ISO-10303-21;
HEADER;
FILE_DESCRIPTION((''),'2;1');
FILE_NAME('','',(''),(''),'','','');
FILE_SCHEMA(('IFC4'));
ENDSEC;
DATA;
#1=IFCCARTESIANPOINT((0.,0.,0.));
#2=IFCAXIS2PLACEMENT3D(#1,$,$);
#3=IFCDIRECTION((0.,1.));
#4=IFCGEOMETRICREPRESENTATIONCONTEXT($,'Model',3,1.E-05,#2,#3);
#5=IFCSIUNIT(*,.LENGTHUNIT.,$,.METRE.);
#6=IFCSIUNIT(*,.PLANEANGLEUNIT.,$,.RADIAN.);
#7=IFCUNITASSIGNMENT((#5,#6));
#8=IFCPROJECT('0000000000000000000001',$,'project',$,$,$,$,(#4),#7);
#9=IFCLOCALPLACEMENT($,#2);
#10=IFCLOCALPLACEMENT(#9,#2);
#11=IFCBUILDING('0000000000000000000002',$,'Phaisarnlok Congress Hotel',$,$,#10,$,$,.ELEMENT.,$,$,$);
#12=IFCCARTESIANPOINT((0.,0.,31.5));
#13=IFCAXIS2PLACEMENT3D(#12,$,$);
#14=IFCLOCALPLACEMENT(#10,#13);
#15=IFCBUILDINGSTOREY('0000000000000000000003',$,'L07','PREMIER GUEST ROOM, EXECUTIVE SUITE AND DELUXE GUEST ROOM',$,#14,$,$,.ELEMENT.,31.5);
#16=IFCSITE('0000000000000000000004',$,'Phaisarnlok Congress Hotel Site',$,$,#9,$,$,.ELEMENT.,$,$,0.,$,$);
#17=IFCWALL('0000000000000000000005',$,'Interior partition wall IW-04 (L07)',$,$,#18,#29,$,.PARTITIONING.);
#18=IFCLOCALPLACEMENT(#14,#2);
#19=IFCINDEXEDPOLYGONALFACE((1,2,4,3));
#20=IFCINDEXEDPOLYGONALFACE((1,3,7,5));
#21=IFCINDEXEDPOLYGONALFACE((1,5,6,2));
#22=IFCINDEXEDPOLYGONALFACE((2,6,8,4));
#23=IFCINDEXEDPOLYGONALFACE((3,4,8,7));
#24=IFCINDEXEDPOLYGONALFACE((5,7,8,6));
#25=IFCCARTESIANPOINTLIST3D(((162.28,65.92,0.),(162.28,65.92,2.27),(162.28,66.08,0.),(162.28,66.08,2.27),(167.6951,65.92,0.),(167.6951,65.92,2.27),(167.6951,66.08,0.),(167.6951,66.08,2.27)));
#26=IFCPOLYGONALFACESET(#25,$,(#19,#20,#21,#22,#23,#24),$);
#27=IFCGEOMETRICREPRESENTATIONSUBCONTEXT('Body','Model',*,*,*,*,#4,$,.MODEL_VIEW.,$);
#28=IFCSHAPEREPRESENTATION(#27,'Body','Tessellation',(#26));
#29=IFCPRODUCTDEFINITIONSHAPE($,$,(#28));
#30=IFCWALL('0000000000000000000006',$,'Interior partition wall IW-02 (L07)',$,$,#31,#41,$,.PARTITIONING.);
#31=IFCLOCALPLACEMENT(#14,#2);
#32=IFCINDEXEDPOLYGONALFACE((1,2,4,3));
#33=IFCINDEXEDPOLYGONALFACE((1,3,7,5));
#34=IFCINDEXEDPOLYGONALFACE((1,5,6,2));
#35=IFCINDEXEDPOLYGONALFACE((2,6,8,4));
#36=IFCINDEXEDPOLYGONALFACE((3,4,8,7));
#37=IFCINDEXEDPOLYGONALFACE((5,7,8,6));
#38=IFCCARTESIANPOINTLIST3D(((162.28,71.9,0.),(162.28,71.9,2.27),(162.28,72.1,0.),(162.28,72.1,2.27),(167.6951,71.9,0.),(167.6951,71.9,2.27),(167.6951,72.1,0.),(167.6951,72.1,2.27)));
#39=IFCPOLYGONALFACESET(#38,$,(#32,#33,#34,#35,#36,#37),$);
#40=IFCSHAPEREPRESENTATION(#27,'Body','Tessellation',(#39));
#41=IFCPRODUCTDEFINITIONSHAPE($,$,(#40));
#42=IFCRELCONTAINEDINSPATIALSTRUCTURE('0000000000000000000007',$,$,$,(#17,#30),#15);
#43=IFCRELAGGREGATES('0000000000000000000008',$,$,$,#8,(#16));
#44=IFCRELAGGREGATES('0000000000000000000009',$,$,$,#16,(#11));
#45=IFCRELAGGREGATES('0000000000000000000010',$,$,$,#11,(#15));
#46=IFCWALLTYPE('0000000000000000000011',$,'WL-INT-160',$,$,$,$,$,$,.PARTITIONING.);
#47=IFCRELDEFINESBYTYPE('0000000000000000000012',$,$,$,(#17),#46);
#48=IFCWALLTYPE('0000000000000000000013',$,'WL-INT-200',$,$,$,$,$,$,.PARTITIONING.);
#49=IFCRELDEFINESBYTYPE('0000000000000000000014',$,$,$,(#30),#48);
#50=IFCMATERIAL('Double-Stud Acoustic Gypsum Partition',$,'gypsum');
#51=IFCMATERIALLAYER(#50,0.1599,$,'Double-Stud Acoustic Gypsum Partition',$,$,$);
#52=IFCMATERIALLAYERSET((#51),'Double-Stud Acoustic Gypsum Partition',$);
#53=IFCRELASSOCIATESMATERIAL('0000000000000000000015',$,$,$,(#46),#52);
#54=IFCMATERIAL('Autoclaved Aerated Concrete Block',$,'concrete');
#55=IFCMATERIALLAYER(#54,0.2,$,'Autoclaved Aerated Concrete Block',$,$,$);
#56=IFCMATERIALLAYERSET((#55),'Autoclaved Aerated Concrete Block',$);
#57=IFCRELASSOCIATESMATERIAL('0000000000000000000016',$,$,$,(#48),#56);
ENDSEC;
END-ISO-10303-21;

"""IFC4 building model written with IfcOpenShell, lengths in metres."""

from ifc_helpers import new_model, si_unit, direction, frame, frame_2d, origin, place, context, subcontext, project, spatial, rectangle, extrude, material, layer, layer_set, type_object, element, save


model = new_model("IFC4")

# Units and contexts
model_context = context("Model", 3, precision=1e-05, world=origin(), true_north=direction((0.0, 1.0)))
body_context = subcontext(model_context, "Body", "Model", "MODEL_VIEW")
ifc_project = project(units=[si_unit("LENGTHUNIT", "METRE"), si_unit("PLANEANGLEUNIT", "RADIAN")], contexts=[model_context])

# Site, building, storey
site_placement = place(None, origin())
site = spatial("IfcSite", under=ifc_project, at=site_placement, Name="Phaisarnlok Congress Hotel Site", CompositionType="ELEMENT", RefElevation=0.0)
building_placement = place(site_placement, origin())
building = spatial("IfcBuilding", under=site, at=building_placement, Name="Phaisarnlok Congress Hotel", CompositionType="ELEMENT")
storey_placement = place(building_placement, frame((0.0, 0.0, 31.5)))
storey = spatial("IfcBuildingStorey", under=building, at=storey_placement, Name="L07", Description="PREMIER GUEST ROOM, EXECUTIVE SUITE AND DELUXE GUEST ROOM", CompositionType="ELEMENT", Elevation=31.5)

# Walls
ifc_material_1 = material(Name="Double-Stud Acoustic Gypsum Partition", Category="gypsum")
ifc_layer_1 = layer(ifc_material_1, 0.1599, Name="Double-Stud Acoustic Gypsum Partition")
ifc_layer_set_1 = layer_set([ifc_layer_1], Name="Double-Stud Acoustic Gypsum Partition")
wall_type_1 = type_object("IfcWallType", Name="WL-INT-160", PredefinedType="PARTITIONING", material=ifc_layer_set_1)
wall_1_placement = place(storey_placement, frame((162.28, 66.0, 0.0), z_axis=(0.0, 0.0, 1.0), x_axis=(1.0, 0.0, 0.0)))
element("IfcWall", 1, at=wall_1_placement, inside=storey, type_object=wall_type_1, Name="Interior partition wall IW-04 (L07)", PredefinedType="PARTITIONING", context=body_context, shape_type="SweptSolid", body=[
    extrude(rectangle(XDim=5.415, YDim=0.1599, at=frame_2d((2.7075, 0.0))), origin(), (0.0, 0.0, 1.0), 2.27),
])
ifc_material_2 = material(Name="Autoclaved Aerated Concrete Block", Category="concrete")
ifc_layer_2 = layer(ifc_material_2, 0.2, Name="Autoclaved Aerated Concrete Block")
ifc_layer_set_2 = layer_set([ifc_layer_2], Name="Autoclaved Aerated Concrete Block")
wall_type_2 = type_object("IfcWallType", Name="WL-INT-200", PredefinedType="PARTITIONING", material=ifc_layer_set_2)
wall_2_placement = place(storey_placement, frame((162.28, 72.0, 0.0), z_axis=(0.0, 0.0, 1.0), x_axis=(1.0, 0.0, 0.0)))
element("IfcWall", 2, at=wall_2_placement, inside=storey, type_object=wall_type_2, Name="Interior partition wall IW-02 (L07)", PredefinedType="PARTITIONING", context=body_context, shape_type="SweptSolid", body=[
    extrude(rectangle(XDim=5.415, YDim=0.2, at=frame_2d((2.7075, 0.0))), origin(), (0.0, 0.0, 1.0), 2.27),
])

save(model, "model.ifc")
